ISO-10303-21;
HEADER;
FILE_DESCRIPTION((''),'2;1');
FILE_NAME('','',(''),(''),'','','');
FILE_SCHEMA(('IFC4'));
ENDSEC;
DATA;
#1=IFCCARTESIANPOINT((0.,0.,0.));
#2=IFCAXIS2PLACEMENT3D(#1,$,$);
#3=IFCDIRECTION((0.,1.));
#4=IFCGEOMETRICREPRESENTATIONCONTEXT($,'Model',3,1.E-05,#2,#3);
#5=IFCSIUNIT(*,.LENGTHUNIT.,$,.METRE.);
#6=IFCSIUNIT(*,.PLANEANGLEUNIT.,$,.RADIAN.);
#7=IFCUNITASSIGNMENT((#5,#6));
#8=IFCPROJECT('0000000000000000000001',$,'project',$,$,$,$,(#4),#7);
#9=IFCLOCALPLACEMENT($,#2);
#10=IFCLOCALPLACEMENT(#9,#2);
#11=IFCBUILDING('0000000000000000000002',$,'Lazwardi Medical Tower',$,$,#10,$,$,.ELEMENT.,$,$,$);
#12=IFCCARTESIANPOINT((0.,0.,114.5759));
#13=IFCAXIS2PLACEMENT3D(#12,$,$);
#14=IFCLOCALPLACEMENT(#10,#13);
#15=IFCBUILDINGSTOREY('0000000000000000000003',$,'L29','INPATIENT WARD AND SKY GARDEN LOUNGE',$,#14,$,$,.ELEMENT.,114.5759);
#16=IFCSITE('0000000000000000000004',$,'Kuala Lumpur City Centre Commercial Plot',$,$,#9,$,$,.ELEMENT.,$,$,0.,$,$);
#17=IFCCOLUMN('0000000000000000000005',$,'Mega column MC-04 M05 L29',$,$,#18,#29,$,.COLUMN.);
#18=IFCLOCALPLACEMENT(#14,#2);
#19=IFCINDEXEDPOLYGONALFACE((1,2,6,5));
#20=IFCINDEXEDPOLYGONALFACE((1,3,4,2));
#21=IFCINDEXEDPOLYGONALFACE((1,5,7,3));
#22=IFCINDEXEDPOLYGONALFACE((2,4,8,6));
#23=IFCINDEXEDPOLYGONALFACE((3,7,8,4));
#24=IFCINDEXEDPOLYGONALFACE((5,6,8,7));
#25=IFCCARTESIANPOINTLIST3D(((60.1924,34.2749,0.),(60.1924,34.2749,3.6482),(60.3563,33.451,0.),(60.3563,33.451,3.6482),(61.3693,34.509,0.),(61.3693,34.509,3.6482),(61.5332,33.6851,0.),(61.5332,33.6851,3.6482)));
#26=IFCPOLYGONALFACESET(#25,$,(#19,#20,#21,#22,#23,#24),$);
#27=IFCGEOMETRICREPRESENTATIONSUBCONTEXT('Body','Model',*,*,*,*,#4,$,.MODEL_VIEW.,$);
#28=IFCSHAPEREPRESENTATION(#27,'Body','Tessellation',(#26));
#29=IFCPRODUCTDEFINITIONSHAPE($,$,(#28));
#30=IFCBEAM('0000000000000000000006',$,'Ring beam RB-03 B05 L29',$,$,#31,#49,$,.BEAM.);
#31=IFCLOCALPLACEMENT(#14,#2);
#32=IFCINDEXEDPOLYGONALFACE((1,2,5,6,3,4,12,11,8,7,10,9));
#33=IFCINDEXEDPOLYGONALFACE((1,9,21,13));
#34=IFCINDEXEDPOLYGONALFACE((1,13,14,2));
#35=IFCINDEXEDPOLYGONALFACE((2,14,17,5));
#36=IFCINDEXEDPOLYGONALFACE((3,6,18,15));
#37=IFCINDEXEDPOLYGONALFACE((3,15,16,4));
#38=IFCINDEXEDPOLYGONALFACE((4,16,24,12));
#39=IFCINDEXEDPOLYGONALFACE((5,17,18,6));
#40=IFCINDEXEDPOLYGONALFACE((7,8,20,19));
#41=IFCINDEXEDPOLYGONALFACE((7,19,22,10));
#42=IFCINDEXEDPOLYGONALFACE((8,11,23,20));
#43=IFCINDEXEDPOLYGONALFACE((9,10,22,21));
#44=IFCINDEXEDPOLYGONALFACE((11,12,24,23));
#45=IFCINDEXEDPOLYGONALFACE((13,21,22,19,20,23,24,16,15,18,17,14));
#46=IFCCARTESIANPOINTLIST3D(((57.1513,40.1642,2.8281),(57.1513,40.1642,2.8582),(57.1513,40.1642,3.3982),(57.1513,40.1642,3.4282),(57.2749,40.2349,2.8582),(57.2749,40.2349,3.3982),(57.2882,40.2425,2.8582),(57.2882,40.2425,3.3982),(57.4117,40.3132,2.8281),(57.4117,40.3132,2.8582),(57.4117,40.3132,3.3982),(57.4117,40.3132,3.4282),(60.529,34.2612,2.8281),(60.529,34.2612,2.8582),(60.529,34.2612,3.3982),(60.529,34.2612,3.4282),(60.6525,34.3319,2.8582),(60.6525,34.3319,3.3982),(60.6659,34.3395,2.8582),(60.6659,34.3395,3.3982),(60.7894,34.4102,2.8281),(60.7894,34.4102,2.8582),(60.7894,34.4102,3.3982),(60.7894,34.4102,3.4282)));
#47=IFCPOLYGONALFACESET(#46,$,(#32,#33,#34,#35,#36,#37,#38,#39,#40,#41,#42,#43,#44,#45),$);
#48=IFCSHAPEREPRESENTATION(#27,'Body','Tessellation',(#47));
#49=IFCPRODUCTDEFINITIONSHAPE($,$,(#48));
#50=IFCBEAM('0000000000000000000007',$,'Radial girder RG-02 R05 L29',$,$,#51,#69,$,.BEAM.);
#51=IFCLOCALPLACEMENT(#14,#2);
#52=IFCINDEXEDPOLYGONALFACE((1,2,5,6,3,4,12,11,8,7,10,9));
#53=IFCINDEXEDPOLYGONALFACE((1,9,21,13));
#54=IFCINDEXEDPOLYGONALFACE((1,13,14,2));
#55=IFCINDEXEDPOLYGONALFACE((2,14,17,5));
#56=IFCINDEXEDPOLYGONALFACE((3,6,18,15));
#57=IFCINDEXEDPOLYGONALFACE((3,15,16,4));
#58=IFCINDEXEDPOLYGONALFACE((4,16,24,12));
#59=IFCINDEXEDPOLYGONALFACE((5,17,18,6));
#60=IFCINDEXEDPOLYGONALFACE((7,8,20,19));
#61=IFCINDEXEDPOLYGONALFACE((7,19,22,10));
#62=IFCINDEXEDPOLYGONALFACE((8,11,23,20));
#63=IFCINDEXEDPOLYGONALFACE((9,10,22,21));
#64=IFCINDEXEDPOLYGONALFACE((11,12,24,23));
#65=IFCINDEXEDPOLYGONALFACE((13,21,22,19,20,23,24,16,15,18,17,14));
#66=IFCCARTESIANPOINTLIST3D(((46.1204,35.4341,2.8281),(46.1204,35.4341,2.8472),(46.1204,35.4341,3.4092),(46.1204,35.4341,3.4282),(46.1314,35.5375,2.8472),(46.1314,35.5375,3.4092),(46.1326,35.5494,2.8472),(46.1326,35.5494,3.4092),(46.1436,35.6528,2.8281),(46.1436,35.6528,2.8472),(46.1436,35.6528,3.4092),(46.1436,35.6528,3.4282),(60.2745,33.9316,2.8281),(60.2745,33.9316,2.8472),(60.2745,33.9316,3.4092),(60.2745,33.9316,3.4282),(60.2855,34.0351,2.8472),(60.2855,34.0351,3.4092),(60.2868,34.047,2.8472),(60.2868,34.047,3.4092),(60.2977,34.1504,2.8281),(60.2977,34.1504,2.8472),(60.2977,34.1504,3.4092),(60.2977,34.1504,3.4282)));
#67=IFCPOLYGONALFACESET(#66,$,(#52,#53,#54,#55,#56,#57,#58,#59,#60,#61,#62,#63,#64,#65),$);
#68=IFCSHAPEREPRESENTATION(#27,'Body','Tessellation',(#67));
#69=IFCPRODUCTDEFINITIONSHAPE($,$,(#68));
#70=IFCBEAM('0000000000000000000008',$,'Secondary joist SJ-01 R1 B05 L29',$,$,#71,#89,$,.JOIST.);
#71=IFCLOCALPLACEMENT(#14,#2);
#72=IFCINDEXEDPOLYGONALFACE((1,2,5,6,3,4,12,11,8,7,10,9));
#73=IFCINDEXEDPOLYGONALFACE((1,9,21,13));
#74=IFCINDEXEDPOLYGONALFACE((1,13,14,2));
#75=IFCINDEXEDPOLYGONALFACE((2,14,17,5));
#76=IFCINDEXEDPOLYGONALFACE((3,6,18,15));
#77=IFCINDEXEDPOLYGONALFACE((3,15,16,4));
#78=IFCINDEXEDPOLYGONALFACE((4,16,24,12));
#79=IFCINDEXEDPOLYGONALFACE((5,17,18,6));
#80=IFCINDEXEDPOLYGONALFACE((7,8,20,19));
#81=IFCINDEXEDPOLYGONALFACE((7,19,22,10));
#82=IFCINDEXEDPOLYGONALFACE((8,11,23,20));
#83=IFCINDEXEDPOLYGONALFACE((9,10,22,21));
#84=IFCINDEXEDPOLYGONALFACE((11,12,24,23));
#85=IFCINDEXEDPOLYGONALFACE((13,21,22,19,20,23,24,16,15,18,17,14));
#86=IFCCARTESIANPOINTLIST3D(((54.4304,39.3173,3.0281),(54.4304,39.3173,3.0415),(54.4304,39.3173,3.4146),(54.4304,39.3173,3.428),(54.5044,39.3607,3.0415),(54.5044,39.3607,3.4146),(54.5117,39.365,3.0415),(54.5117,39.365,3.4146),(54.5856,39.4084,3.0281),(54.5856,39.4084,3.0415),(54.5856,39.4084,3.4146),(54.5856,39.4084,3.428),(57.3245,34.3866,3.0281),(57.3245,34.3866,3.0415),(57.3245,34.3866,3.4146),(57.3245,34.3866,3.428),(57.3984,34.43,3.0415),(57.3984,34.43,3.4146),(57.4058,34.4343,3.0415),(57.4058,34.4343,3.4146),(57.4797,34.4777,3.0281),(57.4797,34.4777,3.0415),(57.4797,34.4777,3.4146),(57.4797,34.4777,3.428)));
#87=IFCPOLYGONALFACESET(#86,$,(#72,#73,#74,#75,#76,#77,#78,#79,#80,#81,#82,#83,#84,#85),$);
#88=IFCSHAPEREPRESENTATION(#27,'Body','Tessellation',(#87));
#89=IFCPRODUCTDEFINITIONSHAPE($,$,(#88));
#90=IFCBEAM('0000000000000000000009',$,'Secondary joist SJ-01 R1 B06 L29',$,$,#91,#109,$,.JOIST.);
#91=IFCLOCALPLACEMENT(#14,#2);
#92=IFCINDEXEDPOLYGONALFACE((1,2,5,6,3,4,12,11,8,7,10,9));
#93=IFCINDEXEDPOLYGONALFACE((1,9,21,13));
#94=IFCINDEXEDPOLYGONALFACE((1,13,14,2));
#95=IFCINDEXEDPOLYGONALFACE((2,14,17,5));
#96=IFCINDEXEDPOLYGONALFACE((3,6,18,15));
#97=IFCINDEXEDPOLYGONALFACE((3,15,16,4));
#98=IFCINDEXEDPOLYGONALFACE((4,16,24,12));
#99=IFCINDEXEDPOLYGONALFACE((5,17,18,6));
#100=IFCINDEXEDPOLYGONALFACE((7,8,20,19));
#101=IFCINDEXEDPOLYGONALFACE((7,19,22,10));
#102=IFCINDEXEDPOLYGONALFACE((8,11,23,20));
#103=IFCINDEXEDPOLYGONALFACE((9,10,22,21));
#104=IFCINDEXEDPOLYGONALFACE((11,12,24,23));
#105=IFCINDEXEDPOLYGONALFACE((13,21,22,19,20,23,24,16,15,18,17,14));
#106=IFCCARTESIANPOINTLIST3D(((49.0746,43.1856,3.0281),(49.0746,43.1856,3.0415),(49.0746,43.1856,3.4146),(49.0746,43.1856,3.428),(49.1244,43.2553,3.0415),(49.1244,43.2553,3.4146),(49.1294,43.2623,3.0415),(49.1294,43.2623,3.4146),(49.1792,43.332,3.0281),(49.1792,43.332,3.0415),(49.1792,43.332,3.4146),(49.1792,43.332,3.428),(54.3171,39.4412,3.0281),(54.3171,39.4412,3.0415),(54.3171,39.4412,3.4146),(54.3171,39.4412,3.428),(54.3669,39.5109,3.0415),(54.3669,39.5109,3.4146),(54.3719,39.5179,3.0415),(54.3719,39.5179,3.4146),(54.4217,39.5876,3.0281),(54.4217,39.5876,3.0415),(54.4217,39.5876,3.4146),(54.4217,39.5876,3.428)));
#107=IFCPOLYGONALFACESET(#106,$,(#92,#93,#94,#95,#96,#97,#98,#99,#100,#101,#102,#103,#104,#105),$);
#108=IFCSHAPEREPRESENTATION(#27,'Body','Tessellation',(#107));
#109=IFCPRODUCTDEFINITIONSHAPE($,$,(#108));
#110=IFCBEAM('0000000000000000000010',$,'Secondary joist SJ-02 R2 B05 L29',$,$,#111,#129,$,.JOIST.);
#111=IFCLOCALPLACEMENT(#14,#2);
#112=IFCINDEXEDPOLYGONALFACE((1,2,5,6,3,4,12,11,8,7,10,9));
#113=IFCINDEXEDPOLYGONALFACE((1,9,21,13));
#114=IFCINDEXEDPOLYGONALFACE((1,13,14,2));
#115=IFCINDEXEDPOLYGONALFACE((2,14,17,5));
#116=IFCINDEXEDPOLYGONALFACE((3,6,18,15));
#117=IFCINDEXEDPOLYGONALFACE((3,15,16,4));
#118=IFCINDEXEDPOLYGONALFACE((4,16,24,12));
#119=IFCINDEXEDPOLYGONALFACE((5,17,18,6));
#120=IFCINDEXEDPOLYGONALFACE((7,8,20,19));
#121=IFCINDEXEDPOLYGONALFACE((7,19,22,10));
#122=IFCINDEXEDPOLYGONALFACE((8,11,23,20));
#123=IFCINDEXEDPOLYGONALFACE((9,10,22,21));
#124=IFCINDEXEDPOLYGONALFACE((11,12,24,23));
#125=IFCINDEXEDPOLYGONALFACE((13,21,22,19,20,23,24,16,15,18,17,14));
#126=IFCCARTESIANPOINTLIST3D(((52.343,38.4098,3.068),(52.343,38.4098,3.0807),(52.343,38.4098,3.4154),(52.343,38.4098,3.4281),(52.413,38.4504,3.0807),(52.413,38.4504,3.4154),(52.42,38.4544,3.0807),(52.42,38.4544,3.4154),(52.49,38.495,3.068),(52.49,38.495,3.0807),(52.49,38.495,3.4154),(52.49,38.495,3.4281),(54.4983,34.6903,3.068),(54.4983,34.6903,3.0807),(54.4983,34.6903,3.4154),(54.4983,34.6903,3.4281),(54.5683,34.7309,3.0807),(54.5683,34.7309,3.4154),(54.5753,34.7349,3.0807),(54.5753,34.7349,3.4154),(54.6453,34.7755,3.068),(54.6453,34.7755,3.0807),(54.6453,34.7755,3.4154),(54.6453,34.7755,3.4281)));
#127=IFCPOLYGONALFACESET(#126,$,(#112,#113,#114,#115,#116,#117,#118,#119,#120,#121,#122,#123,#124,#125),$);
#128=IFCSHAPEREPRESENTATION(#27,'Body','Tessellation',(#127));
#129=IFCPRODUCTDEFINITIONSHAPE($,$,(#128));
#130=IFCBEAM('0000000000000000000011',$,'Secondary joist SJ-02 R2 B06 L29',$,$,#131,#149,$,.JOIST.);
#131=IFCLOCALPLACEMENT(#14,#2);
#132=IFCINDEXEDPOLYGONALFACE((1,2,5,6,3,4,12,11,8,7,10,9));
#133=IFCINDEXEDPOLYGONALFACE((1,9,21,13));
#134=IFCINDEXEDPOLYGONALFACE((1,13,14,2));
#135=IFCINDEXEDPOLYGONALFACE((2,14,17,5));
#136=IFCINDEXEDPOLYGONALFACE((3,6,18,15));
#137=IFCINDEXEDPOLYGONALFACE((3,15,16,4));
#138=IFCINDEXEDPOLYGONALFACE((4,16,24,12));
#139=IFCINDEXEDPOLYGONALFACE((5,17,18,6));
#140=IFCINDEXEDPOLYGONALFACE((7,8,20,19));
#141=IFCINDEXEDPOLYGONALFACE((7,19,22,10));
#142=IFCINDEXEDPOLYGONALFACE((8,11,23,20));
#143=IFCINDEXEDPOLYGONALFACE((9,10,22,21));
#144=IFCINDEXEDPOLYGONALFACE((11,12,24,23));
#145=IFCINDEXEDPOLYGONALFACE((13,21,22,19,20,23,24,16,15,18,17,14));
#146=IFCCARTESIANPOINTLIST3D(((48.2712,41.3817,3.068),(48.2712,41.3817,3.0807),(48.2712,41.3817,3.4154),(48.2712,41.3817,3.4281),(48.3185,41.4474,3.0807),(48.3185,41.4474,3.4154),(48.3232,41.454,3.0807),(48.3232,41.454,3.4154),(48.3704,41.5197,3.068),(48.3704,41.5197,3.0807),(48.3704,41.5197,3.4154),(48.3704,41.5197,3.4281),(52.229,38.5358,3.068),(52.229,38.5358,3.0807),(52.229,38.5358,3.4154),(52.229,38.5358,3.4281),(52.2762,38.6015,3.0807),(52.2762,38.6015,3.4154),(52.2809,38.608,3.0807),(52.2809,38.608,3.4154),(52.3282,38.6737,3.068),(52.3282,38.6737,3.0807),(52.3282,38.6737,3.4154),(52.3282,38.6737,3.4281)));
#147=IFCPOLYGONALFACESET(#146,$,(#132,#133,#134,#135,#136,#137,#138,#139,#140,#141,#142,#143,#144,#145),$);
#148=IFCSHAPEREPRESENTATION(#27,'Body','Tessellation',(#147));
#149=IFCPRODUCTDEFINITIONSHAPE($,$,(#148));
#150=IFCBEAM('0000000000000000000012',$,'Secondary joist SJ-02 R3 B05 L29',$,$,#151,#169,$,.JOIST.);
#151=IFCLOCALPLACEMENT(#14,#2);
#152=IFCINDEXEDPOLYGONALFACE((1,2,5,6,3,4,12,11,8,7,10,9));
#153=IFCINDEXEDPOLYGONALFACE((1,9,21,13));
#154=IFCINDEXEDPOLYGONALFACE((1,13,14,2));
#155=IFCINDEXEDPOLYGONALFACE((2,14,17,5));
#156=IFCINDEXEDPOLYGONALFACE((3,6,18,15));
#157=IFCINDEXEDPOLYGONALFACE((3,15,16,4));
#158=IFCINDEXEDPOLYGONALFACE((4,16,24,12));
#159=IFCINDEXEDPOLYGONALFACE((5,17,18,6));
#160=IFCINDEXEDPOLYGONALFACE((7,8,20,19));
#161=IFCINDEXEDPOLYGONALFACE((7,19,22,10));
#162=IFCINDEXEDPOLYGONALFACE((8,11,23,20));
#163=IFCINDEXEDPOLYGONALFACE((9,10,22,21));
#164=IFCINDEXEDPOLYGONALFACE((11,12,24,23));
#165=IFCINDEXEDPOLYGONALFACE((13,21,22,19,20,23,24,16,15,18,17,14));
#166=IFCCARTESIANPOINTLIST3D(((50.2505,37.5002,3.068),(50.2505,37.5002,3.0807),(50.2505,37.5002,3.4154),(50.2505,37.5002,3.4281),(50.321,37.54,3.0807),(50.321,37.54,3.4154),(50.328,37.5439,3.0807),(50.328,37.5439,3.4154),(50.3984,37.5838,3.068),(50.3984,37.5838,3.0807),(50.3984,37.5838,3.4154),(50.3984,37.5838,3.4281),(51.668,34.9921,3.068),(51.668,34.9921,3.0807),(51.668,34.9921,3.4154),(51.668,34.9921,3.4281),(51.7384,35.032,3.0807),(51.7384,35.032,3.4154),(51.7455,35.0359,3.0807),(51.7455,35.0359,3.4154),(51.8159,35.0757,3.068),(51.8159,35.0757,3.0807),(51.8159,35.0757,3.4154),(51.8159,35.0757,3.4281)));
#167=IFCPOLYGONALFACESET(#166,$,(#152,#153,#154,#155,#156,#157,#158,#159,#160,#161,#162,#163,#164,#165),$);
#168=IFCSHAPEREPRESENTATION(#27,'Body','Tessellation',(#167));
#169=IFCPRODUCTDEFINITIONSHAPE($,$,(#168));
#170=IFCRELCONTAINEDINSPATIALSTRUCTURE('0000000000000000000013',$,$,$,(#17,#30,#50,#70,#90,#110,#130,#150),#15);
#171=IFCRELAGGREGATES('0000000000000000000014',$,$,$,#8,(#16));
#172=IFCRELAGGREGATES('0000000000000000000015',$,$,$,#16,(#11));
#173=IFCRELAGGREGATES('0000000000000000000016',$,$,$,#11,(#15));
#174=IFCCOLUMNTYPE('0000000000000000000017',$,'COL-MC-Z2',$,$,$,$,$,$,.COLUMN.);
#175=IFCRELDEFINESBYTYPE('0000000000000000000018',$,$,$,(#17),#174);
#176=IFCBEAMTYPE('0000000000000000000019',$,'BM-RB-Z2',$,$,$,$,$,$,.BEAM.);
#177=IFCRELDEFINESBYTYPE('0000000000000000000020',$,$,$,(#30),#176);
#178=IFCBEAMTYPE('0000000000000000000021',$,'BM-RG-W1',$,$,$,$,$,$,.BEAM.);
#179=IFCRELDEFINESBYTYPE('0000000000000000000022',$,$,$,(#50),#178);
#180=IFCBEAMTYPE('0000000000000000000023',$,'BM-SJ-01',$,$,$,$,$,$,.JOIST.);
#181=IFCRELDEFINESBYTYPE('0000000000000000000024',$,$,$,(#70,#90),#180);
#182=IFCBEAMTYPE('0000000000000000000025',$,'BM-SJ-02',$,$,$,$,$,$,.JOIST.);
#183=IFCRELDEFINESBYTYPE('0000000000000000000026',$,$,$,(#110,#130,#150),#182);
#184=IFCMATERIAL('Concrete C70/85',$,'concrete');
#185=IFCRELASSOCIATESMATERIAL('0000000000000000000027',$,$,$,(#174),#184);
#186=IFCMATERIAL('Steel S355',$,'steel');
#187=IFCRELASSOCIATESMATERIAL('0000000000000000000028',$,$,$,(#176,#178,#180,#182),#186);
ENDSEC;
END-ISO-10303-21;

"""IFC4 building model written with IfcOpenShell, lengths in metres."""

from ifc_helpers import new_model, si_unit, direction, frame, origin, origin_2d, place, context, subcontext, project, spatial, rectangle, i_section, extrude, material, material_profile, profile_set, type_object, element, save


model = new_model("IFC4")

# Units and contexts
model_context = context("Model", 3, precision=1e-05, world=origin(), true_north=direction((0.0, 1.0)))
body_context = subcontext(model_context, "Body", "Model", "MODEL_VIEW")
ifc_project = project(units=[si_unit("LENGTHUNIT", "METRE"), si_unit("PLANEANGLEUNIT", "RADIAN")], contexts=[model_context])

# Site, building, storey
site_placement = place(None, origin())
site = spatial("IfcSite", under=ifc_project, at=site_placement, Name="Kuala Lumpur City Centre Commercial Plot", CompositionType="ELEMENT", RefElevation=0.0)
building_placement = place(site_placement, origin())
building = spatial("IfcBuilding", under=site, at=building_placement, Name="Lazwardi Medical Tower", CompositionType="ELEMENT")
storey_placement = place(building_placement, frame((0.0, 0.0, 114.5759)))
storey = spatial("IfcBuildingStorey", under=building, at=storey_placement, Name="L29", Description="INPATIENT WARD AND SKY GARDEN LOUNGE", CompositionType="ELEMENT", Elevation=114.5759)

# Column
ifc_material_1 = material(Name="Concrete C70/85", Category="concrete")
ifc_material_profile_1 = material_profile(ifc_material_1, rectangle(XDim=1.2, YDim=0.8401, at=origin_2d()), Name="CFT-RECT 1200x840")
ifc_profile_set_1 = profile_set([ifc_material_profile_1], Name="Concrete C70/85")
column_type = type_object("IfcColumnType", Name="COL-MC-Z2", PredefinedType="COLUMN", material=ifc_profile_set_1)
column_placement = place(storey_placement, frame((60.8628, 33.98, 0.0), z_axis=(0.0, 0.0, 1.0), x_axis=(0.980785, 0.19509, 0.0)))
element("IfcColumn", 1, at=column_placement, inside=storey, type_object=column_type, Name="Mega column MC-04 M05 L29", PredefinedType="COLUMN", context=body_context, shape_type="SweptSolid", body=[
    extrude(rectangle(XDim=1.2, YDim=0.8401, at=origin_2d()), origin(), (0.0, 0.0, 1.0), 3.6482),
])

# Beams
ifc_material_2 = material(Name="Steel S355", Category="steel")
ifc_material_profile_2 = material_profile(ifc_material_2, i_section(OverallWidth=0.3, OverallDepth=0.6001, WebThickness=0.0154, FlangeThickness=0.03, at=origin_2d()), Name="HEB 600")
ifc_profile_set_2 = profile_set([ifc_material_profile_2], Name="Steel S355")
beam_type_1 = type_object("IfcBeamType", Name="BM-RB-Z2", PredefinedType="BEAM", material=ifc_profile_set_2)
beam_1_placement = place(storey_placement, frame((60.6592, 34.3357, 3.1282), z_axis=(-0.496638, 0.867958, 0.0), x_axis=(-0.867958, -0.496638, 0.0)))
element("IfcBeam", 2, at=beam_1_placement, inside=storey, type_object=beam_type_1, Name="Ring beam RB-03 B05 L29", PredefinedType="BEAM", context=body_context, shape_type="SweptSolid", body=[
    extrude(i_section(OverallWidth=0.3, OverallDepth=0.6001, WebThickness=0.0154, FlangeThickness=0.03, at=origin_2d()), origin(), (0.0, 0.0, 1.0), 6.801),
])
ifc_material_profile_3 = material_profile(ifc_material_2, i_section(OverallWidth=0.22, OverallDepth=0.6001, WebThickness=0.012, FlangeThickness=0.019, at=origin_2d()), Name="IPE 600")
ifc_profile_set_3 = profile_set([ifc_material_profile_3], Name="Steel S355")
beam_type_2 = type_object("IfcBeamType", Name="BM-RG-W1", PredefinedType="BEAM", material=ifc_profile_set_3)
beam_2_placement = place(storey_placement, frame((60.2861, 34.041, 3.1282), z_axis=(-0.994413, 0.105556, 0.0), x_axis=(-0.105556, -0.994413, 0.0)))
element("IfcBeam", 3, at=beam_2_placement, inside=storey, type_object=beam_type_2, Name="Radial girder RG-02 R05 L29", PredefinedType="BEAM", context=body_context, shape_type="SweptSolid", body=[
    extrude(i_section(OverallWidth=0.22, OverallDepth=0.6001, WebThickness=0.012, FlangeThickness=0.019, at=origin_2d()), origin(), (0.0, 0.0, 1.0), 14.2336),
])
ifc_material_profile_4 = material_profile(ifc_material_2, i_section(OverallWidth=0.1799, OverallDepth=0.3999, WebThickness=0.0085, FlangeThickness=0.0134, at=origin_2d()), Name="IPE 400")
ifc_profile_set_4 = profile_set([ifc_material_profile_4], Name="Steel S355")
beam_type_3 = type_object("IfcBeamType", Name="BM-SJ-01", PredefinedType="JOIST", material=ifc_profile_set_4)
beam_3_placement = place(storey_placement, frame((57.4021, 34.4321, 3.228), z_axis=(-0.506195, 0.862419, 0.0), x_axis=(-0.862419, -0.506195, 0.0)))
element("IfcBeam", 4, at=beam_3_placement, inside=storey, type_object=beam_type_3, Name="Secondary joist SJ-01 R1 B05 L29", PredefinedType="JOIST", context=body_context, shape_type="SweptSolid", body=[
    extrude(i_section(OverallWidth=0.1799, OverallDepth=0.3999, WebThickness=0.0085, FlangeThickness=0.0134, at=origin_2d()), origin(), (0.0, 0.0, 1.0), 5.7173),
])
beam_4_placement = place(storey_placement, frame((54.3694, 39.5144, 3.228), z_axis=(-0.813749, 0.581217, 0.0), x_axis=(-0.581217, -0.813749, 0.0)))
element("IfcBeam", 5, at=beam_4_placement, inside=storey, type_object=beam_type_3, Name="Secondary joist SJ-01 R1 B06 L29", PredefinedType="JOIST", context=body_context, shape_type="SweptSolid", body=[
    extrude(i_section(OverallWidth=0.1799, OverallDepth=0.3999, WebThickness=0.0085, FlangeThickness=0.0134, at=origin_2d()), origin(), (0.0, 0.0, 1.0), 6.4424),
])
ifc_material_profile_5 = material_profile(ifc_material_2, i_section(OverallWidth=0.1699, OverallDepth=0.3601, WebThickness=0.0081, FlangeThickness=0.0127, at=origin_2d()), Name="IPE 360")
ifc_profile_set_5 = profile_set([ifc_material_profile_5], Name="Steel S355")
beam_type_4 = type_object("IfcBeamType", Name="BM-SJ-02", PredefinedType="JOIST", material=ifc_profile_set_5)
beam_5_placement = place(storey_placement, frame((54.5718, 34.7329, 3.248), z_axis=(-0.501365, 0.865236, 0.0), x_axis=(-0.865236, -0.501365, 0.0)))
element("IfcBeam", 6, at=beam_5_placement, inside=storey, type_object=beam_type_4, Name="Secondary joist SJ-02 R2 B05 L29", PredefinedType="JOIST", context=body_context, shape_type="SweptSolid", body=[
    extrude(i_section(OverallWidth=0.1699, OverallDepth=0.3601, WebThickness=0.0081, FlangeThickness=0.0127, at=origin_2d()), origin(), (0.0, 0.0, 1.0), 4.2988),
])
beam_6_placement = place(storey_placement, frame((52.2786, 38.6047, 3.248), z_axis=(-0.811889, 0.583813, 0.0), x_axis=(-0.583813, -0.811889, 0.0)))
element("IfcBeam", 7, at=beam_6_placement, inside=storey, type_object=beam_type_4, Name="Secondary joist SJ-02 R2 B06 L29", PredefinedType="JOIST", context=body_context, shape_type="SweptSolid", body=[
    extrude(i_section(OverallWidth=0.1699, OverallDepth=0.3601, WebThickness=0.0081, FlangeThickness=0.0127, at=origin_2d()), origin(), (0.0, 0.0, 1.0), 4.8748),
])
beam_7_placement = place(storey_placement, frame((51.7419, 35.0339, 3.248), z_axis=(-0.492027, 0.87058, 0.0), x_axis=(-0.87058, -0.492027, 0.0)))
element("IfcBeam", 8, at=beam_7_placement, inside=storey, type_object=beam_type_4, Name="Secondary joist SJ-02 R3 B05 L29", PredefinedType="JOIST", context=body_context, shape_type="SweptSolid", body=[
    extrude(i_section(OverallWidth=0.1699, OverallDepth=0.3601, WebThickness=0.0081, FlangeThickness=0.0127, at=origin_2d()), origin(), (0.0, 0.0, 1.0), 2.8809),
])

save(model, "model.ifc")
